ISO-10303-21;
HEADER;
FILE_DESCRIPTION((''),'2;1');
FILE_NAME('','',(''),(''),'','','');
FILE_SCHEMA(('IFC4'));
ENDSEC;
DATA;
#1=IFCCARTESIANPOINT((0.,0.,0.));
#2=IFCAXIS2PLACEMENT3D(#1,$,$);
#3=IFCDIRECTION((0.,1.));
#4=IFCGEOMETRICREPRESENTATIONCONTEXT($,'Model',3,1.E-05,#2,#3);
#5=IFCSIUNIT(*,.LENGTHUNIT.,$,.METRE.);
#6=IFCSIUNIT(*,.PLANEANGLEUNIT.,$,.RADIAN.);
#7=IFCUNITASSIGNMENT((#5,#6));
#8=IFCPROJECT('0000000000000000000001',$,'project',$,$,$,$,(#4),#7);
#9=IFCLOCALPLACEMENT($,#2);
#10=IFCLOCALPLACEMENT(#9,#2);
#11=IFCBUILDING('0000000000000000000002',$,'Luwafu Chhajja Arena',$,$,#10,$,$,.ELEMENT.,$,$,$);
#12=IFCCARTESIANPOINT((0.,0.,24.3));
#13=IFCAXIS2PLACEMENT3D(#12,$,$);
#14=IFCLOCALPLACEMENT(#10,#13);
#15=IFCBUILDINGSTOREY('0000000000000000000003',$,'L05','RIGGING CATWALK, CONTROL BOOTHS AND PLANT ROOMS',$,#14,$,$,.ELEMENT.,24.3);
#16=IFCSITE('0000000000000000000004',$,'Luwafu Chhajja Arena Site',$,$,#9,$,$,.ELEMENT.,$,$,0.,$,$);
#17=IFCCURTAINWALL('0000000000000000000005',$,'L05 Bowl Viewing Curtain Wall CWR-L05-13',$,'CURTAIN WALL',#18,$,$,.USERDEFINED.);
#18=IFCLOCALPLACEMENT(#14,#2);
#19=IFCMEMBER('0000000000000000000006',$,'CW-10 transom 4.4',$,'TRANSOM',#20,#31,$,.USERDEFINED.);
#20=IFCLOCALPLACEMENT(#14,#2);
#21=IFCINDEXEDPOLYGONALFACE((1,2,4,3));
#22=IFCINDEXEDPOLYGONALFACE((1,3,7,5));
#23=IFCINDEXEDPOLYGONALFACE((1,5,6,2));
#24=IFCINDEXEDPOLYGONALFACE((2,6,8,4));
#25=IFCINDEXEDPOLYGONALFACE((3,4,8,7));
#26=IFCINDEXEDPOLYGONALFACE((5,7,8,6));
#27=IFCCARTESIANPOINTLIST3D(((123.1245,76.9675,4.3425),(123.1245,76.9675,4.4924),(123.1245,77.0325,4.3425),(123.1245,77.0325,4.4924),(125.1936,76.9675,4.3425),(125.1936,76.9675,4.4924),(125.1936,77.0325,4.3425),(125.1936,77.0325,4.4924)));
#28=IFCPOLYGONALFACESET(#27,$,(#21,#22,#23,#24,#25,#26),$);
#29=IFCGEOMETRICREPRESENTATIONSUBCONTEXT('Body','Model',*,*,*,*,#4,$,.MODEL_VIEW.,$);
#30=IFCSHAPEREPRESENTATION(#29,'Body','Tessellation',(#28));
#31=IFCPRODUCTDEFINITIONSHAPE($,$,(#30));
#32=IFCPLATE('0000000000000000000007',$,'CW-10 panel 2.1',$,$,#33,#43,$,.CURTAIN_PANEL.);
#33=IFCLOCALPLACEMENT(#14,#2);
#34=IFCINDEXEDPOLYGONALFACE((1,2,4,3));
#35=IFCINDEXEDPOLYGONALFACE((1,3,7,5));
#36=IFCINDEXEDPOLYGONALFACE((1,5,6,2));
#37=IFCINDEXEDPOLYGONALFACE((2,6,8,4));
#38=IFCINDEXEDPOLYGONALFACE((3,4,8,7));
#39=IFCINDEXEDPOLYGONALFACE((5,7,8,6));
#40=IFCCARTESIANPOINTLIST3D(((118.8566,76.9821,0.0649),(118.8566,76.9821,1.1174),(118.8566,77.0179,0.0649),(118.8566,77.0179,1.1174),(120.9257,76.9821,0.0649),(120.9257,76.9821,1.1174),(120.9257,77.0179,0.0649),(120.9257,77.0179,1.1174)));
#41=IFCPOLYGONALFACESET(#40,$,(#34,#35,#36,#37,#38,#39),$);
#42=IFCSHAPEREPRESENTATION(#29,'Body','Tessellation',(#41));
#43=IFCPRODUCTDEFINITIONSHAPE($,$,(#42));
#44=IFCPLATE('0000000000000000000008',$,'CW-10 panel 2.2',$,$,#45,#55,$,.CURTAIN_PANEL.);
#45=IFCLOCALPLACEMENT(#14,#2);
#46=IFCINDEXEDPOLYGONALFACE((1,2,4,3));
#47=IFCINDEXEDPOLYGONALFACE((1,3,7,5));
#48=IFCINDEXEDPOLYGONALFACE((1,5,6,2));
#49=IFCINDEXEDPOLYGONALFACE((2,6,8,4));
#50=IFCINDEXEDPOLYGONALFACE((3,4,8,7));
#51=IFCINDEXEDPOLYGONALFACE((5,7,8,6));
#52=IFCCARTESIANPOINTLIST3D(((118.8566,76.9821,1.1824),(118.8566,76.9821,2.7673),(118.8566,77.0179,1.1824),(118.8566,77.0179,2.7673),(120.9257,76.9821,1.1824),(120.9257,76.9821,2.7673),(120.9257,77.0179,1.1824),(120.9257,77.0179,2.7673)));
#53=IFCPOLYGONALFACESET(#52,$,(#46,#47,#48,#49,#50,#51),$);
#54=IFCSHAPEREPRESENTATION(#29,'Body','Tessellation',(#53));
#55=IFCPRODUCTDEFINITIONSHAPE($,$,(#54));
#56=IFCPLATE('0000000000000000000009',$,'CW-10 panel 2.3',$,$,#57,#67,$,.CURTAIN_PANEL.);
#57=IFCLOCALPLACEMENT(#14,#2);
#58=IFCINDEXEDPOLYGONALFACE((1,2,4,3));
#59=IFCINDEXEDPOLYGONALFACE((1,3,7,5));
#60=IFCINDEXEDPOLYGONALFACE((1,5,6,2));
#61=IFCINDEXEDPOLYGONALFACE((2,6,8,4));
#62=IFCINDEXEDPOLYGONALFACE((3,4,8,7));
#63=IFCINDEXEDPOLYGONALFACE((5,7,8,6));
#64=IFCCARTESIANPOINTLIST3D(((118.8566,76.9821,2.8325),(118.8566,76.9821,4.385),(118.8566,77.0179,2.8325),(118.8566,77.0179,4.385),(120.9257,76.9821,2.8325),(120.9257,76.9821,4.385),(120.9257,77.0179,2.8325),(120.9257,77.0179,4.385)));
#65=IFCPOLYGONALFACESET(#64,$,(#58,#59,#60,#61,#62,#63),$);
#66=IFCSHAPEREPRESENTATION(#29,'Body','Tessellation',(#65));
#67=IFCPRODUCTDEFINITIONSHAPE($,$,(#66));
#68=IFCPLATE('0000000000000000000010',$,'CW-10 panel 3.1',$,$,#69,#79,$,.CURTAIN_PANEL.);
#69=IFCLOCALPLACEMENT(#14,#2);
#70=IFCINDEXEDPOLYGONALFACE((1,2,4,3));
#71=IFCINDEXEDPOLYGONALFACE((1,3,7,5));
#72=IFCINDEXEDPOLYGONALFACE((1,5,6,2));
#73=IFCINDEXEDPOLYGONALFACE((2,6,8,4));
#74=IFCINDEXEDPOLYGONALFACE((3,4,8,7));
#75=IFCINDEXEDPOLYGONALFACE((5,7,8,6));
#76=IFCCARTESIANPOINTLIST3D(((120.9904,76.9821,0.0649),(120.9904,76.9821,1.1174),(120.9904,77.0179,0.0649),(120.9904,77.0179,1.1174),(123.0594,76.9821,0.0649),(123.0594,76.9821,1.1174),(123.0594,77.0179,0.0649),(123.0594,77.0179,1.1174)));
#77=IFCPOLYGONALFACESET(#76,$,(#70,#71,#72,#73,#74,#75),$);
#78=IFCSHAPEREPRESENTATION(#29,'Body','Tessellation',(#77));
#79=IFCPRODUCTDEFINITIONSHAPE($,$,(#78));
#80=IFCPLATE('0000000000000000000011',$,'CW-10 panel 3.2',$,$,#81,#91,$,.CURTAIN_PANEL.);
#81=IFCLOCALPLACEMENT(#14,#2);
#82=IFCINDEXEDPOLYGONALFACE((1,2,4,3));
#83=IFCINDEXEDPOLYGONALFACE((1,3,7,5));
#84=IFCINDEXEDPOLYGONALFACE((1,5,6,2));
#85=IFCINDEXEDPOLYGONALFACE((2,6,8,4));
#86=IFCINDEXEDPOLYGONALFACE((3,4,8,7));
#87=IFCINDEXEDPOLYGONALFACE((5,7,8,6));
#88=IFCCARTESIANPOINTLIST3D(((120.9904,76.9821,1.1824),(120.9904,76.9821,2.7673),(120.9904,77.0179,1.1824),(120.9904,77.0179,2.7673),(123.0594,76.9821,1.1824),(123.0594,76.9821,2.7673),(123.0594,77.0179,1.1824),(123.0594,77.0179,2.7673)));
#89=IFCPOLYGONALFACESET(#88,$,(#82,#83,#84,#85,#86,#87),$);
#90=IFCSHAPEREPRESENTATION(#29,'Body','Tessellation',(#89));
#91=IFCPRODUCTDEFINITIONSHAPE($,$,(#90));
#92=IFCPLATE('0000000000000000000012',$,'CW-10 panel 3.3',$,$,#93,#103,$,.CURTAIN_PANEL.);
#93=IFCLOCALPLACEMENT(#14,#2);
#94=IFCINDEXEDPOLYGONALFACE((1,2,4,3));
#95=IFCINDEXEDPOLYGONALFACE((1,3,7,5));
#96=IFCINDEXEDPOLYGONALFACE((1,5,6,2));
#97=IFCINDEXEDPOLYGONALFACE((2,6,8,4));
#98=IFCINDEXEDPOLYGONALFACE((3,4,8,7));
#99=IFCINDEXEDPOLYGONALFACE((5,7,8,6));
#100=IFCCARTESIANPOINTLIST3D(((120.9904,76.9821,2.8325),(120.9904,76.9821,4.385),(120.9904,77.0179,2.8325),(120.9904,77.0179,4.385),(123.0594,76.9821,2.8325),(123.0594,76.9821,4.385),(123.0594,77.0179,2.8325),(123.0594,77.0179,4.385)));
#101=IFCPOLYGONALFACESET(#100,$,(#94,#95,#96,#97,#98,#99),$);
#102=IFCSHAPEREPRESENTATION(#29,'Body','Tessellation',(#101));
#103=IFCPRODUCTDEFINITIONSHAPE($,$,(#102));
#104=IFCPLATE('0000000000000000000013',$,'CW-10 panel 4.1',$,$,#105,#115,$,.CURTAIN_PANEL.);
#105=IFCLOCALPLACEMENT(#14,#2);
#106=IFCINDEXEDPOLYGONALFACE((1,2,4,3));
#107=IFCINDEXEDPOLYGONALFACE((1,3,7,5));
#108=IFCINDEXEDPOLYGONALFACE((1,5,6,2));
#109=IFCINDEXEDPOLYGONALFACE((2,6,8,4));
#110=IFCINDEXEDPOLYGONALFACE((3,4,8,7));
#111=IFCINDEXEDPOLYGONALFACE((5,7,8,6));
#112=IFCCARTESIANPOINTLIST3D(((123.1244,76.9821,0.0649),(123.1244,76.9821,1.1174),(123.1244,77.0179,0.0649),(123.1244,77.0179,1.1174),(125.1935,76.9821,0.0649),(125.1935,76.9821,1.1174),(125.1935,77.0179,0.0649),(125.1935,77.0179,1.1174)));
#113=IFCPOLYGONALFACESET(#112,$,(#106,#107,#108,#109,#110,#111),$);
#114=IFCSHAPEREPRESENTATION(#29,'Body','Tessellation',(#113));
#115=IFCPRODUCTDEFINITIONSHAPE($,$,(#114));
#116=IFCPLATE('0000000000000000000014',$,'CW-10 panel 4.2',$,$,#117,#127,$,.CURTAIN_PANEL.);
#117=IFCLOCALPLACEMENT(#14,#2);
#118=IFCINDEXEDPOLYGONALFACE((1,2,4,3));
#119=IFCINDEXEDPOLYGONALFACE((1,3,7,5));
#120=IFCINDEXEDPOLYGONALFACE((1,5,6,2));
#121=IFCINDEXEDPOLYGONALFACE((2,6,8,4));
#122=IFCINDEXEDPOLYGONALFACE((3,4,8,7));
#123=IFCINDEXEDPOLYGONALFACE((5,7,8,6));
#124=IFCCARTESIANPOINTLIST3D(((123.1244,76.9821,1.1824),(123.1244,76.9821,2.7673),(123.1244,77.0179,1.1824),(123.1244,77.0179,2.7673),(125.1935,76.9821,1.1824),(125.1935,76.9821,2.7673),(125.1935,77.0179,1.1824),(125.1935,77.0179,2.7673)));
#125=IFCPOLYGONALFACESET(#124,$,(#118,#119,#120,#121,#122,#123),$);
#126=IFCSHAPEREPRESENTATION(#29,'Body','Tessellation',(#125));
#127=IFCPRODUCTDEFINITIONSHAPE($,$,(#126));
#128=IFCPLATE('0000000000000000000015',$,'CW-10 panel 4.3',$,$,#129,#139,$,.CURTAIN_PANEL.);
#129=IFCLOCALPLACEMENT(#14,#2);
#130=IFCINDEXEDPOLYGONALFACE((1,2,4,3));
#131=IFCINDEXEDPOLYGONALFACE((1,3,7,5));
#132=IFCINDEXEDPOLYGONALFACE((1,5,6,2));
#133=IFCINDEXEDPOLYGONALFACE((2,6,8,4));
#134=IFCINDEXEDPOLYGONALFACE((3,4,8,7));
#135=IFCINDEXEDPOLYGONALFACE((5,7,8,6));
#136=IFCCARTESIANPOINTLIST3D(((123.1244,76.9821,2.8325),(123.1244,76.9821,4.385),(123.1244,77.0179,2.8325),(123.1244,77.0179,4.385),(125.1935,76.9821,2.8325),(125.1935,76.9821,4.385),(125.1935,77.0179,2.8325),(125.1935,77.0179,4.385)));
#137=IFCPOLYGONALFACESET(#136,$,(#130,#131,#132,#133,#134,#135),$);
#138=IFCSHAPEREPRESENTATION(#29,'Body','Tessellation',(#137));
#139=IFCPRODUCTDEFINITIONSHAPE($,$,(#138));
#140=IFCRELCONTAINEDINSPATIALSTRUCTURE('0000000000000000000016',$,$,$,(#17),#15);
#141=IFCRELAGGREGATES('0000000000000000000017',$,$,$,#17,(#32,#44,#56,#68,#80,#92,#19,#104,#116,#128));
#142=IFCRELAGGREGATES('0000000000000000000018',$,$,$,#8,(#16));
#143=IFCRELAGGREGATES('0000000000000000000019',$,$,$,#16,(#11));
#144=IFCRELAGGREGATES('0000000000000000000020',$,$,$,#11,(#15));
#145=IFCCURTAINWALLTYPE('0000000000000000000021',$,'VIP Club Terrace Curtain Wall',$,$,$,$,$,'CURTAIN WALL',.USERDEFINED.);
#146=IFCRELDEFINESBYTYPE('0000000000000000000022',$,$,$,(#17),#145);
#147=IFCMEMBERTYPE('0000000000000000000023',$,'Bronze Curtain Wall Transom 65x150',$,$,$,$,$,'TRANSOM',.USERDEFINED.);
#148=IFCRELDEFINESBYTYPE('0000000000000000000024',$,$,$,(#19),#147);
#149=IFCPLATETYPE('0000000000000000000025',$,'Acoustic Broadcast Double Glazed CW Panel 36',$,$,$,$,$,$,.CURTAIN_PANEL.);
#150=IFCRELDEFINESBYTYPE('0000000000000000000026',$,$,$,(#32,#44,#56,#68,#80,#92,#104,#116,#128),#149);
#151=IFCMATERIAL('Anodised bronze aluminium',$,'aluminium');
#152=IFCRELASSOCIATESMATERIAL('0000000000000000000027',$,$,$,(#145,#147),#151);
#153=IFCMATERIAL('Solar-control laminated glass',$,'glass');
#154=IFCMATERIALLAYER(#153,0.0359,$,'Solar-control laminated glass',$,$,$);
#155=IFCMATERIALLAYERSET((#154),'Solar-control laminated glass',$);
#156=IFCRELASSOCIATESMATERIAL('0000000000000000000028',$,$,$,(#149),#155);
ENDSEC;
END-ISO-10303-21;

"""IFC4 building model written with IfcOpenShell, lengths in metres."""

from ifc_helpers import new_model, si_unit, direction, frame, origin, origin_2d, place, context, subcontext, project, spatial, rectangle, extrude, material, layer, layer_set, material_profile, profile_set, type_object, element, aggregate, save


model = new_model("IFC4")

# Units and contexts
model_context = context("Model", 3, precision=1e-05, world=origin(), true_north=direction((0.0, 1.0)))
body_context = subcontext(model_context, "Body", "Model", "MODEL_VIEW")
ifc_project = project(units=[si_unit("LENGTHUNIT", "METRE"), si_unit("PLANEANGLEUNIT", "RADIAN")], contexts=[model_context])

# Site, building, storey
site_placement = place(None, origin())
site = spatial("IfcSite", under=ifc_project, at=site_placement, Name="Luwafu Chhajja Arena Site", CompositionType="ELEMENT", RefElevation=0.0)
building_placement = place(site_placement, origin())
building = spatial("IfcBuilding", under=site, at=building_placement, Name="Luwafu Chhajja Arena", CompositionType="ELEMENT")
storey_placement = place(building_placement, frame((0.0, 0.0, 24.3)))
storey = spatial("IfcBuildingStorey", under=building, at=storey_placement, Name="L05", Description="RIGGING CATWALK, CONTROL BOOTHS AND PLANT ROOMS", CompositionType="ELEMENT", Elevation=24.3)

# Curtain wall, member, plates
ifc_material_1 = material(Name="Anodised bronze aluminium", Category="aluminium")
curtain_wall_type = type_object("IfcCurtainWallType", Name="VIP Club Terrace Curtain Wall", ElementType="CURTAIN WALL", PredefinedType="USERDEFINED", material=ifc_material_1)
curtain_wall_placement = place(storey_placement, origin())
curtain_wall = element("IfcCurtainWall", 1, at=curtain_wall_placement, inside=storey, type_object=curtain_wall_type, Name="L05 Bowl Viewing Curtain Wall CWR-L05-13", ObjectType="CURTAIN WALL", PredefinedType="USERDEFINED")
ifc_material_profile_1 = material_profile(ifc_material_1, rectangle(XDim=0.0649, YDim=0.1499, at=origin_2d()), Name="CWT 65x150")
ifc_profile_set_1 = profile_set([ifc_material_profile_1], Name="Anodised bronze aluminium")
member_type_1 = type_object("IfcMemberType", Name="Bronze Curtain Wall Transom 65x150", ElementType="TRANSOM", PredefinedType="USERDEFINED", material=ifc_profile_set_1)
member_1_placement = place(storey_placement, frame((123.1245, 77.0, 4.4175), z_axis=(1.0, 0.0, 0.0), x_axis=(0.0, 1.0, 0.0)))
member_1 = element("IfcMember", 2, at=member_1_placement, type_object=member_type_1, Name="CW-10 transom 4.4", ObjectType="TRANSOM", PredefinedType="USERDEFINED", context=body_context, shape_type="SweptSolid", body=[
    extrude(rectangle(XDim=0.0649, YDim=0.1499, at=origin_2d()), origin(), (0.0, 0.0, 1.0), 2.0691),
])
ifc_material_2 = material(Name="Solar-control laminated glass", Category="glass")
ifc_layer = layer(ifc_material_2, 0.0359, Name="Solar-control laminated glass")
ifc_layer_set = layer_set([ifc_layer], Name="Solar-control laminated glass")
plate_type = type_object("IfcPlateType", Name="Acoustic Broadcast Double Glazed CW Panel 36", PredefinedType="CURTAIN_PANEL", material=ifc_layer_set)
plate_1_placement = place(storey_placement, frame((119.8911, 77.0, 0.0649), z_axis=(0.0, 0.0, 1.0), x_axis=(1.0, 0.0, 0.0)))
plate_1 = element("IfcPlate", 3, at=plate_1_placement, type_object=plate_type, Name="CW-10 panel 2.1", PredefinedType="CURTAIN_PANEL", context=body_context, shape_type="SweptSolid", body=[
    extrude(rectangle(XDim=2.0691, YDim=0.0359, at=origin_2d()), origin(), (0.0, 0.0, 1.0), 1.0525),
])
plate_2_placement = place(storey_placement, frame((119.8911, 77.0, 1.1824), z_axis=(0.0, 0.0, 1.0), x_axis=(1.0, 0.0, 0.0)))
plate_2 = element("IfcPlate", 4, at=plate_2_placement, type_object=plate_type, Name="CW-10 panel 2.2", PredefinedType="CURTAIN_PANEL", context=body_context, shape_type="SweptSolid", body=[
    extrude(rectangle(XDim=2.0691, YDim=0.0359, at=origin_2d()), origin(), (0.0, 0.0, 1.0), 1.585),
])
plate_3_placement = place(storey_placement, frame((119.8911, 77.0, 2.8325), z_axis=(0.0, 0.0, 1.0), x_axis=(1.0, 0.0, 0.0)))
plate_3 = element("IfcPlate", 5, at=plate_3_placement, type_object=plate_type, Name="CW-10 panel 2.3", PredefinedType="CURTAIN_PANEL", context=body_context, shape_type="SweptSolid", body=[
    extrude(rectangle(XDim=2.0691, YDim=0.0359, at=origin_2d()), origin(), (0.0, 0.0, 1.0), 1.5525),
])
plate_4_placement = place(storey_placement, frame((122.0249, 77.0, 0.0649), z_axis=(0.0, 0.0, 1.0), x_axis=(1.0, 0.0, 0.0)))
plate_4 = element("IfcPlate", 6, at=plate_4_placement, type_object=plate_type, Name="CW-10 panel 3.1", PredefinedType="CURTAIN_PANEL", context=body_context, shape_type="SweptSolid", body=[
    extrude(rectangle(XDim=2.0691, YDim=0.0359, at=origin_2d()), origin(), (0.0, 0.0, 1.0), 1.0525),
])
plate_5_placement = place(storey_placement, frame((122.0249, 77.0, 1.1824), z_axis=(0.0, 0.0, 1.0), x_axis=(1.0, 0.0, 0.0)))
plate_5 = element("IfcPlate", 7, at=plate_5_placement, type_object=plate_type, Name="CW-10 panel 3.2", PredefinedType="CURTAIN_PANEL", context=body_context, shape_type="SweptSolid", body=[
    extrude(rectangle(XDim=2.0691, YDim=0.0359, at=origin_2d()), origin(), (0.0, 0.0, 1.0), 1.585),
])
plate_6_placement = place(storey_placement, frame((122.0249, 77.0, 2.8325), z_axis=(0.0, 0.0, 1.0), x_axis=(1.0, 0.0, 0.0)))
plate_6 = element("IfcPlate", 8, at=plate_6_placement, type_object=plate_type, Name="CW-10 panel 3.3", PredefinedType="CURTAIN_PANEL", context=body_context, shape_type="SweptSolid", body=[
    extrude(rectangle(XDim=2.0691, YDim=0.0359, at=origin_2d()), origin(), (0.0, 0.0, 1.0), 1.5525),
])
plate_7_placement = place(storey_placement, frame((124.1589, 77.0, 0.0649), z_axis=(0.0, 0.0, 1.0), x_axis=(1.0, 0.0, 0.0)))
plate_7 = element("IfcPlate", 9, at=plate_7_placement, type_object=plate_type, Name="CW-10 panel 4.1", PredefinedType="CURTAIN_PANEL", context=body_context, shape_type="SweptSolid", body=[
    extrude(rectangle(XDim=2.0691, YDim=0.0359, at=origin_2d()), origin(), (0.0, 0.0, 1.0), 1.0525),
])
plate_8_placement = place(storey_placement, frame((124.1589, 77.0, 1.1824), z_axis=(0.0, 0.0, 1.0), x_axis=(1.0, 0.0, 0.0)))
plate_8 = element("IfcPlate", 10, at=plate_8_placement, type_object=plate_type, Name="CW-10 panel 4.2", PredefinedType="CURTAIN_PANEL", context=body_context, shape_type="SweptSolid", body=[
    extrude(rectangle(XDim=2.0691, YDim=0.0359, at=origin_2d()), origin(), (0.0, 0.0, 1.0), 1.585),
])
plate_9_placement = place(storey_placement, frame((124.1589, 77.0, 2.8325), z_axis=(0.0, 0.0, 1.0), x_axis=(1.0, 0.0, 0.0)))
plate_9 = element("IfcPlate", 11, at=plate_9_placement, type_object=plate_type, Name="CW-10 panel 4.3", PredefinedType="CURTAIN_PANEL", context=body_context, shape_type="SweptSolid", body=[
    extrude(rectangle(XDim=2.0691, YDim=0.0359, at=origin_2d()), origin(), (0.0, 0.0, 1.0), 1.5525),
])
aggregate(curtain_wall, [plate_1, plate_2, plate_3, plate_4, plate_5, plate_6, member_1, plate_7, plate_8, plate_9])

save(model, "model.ifc")
